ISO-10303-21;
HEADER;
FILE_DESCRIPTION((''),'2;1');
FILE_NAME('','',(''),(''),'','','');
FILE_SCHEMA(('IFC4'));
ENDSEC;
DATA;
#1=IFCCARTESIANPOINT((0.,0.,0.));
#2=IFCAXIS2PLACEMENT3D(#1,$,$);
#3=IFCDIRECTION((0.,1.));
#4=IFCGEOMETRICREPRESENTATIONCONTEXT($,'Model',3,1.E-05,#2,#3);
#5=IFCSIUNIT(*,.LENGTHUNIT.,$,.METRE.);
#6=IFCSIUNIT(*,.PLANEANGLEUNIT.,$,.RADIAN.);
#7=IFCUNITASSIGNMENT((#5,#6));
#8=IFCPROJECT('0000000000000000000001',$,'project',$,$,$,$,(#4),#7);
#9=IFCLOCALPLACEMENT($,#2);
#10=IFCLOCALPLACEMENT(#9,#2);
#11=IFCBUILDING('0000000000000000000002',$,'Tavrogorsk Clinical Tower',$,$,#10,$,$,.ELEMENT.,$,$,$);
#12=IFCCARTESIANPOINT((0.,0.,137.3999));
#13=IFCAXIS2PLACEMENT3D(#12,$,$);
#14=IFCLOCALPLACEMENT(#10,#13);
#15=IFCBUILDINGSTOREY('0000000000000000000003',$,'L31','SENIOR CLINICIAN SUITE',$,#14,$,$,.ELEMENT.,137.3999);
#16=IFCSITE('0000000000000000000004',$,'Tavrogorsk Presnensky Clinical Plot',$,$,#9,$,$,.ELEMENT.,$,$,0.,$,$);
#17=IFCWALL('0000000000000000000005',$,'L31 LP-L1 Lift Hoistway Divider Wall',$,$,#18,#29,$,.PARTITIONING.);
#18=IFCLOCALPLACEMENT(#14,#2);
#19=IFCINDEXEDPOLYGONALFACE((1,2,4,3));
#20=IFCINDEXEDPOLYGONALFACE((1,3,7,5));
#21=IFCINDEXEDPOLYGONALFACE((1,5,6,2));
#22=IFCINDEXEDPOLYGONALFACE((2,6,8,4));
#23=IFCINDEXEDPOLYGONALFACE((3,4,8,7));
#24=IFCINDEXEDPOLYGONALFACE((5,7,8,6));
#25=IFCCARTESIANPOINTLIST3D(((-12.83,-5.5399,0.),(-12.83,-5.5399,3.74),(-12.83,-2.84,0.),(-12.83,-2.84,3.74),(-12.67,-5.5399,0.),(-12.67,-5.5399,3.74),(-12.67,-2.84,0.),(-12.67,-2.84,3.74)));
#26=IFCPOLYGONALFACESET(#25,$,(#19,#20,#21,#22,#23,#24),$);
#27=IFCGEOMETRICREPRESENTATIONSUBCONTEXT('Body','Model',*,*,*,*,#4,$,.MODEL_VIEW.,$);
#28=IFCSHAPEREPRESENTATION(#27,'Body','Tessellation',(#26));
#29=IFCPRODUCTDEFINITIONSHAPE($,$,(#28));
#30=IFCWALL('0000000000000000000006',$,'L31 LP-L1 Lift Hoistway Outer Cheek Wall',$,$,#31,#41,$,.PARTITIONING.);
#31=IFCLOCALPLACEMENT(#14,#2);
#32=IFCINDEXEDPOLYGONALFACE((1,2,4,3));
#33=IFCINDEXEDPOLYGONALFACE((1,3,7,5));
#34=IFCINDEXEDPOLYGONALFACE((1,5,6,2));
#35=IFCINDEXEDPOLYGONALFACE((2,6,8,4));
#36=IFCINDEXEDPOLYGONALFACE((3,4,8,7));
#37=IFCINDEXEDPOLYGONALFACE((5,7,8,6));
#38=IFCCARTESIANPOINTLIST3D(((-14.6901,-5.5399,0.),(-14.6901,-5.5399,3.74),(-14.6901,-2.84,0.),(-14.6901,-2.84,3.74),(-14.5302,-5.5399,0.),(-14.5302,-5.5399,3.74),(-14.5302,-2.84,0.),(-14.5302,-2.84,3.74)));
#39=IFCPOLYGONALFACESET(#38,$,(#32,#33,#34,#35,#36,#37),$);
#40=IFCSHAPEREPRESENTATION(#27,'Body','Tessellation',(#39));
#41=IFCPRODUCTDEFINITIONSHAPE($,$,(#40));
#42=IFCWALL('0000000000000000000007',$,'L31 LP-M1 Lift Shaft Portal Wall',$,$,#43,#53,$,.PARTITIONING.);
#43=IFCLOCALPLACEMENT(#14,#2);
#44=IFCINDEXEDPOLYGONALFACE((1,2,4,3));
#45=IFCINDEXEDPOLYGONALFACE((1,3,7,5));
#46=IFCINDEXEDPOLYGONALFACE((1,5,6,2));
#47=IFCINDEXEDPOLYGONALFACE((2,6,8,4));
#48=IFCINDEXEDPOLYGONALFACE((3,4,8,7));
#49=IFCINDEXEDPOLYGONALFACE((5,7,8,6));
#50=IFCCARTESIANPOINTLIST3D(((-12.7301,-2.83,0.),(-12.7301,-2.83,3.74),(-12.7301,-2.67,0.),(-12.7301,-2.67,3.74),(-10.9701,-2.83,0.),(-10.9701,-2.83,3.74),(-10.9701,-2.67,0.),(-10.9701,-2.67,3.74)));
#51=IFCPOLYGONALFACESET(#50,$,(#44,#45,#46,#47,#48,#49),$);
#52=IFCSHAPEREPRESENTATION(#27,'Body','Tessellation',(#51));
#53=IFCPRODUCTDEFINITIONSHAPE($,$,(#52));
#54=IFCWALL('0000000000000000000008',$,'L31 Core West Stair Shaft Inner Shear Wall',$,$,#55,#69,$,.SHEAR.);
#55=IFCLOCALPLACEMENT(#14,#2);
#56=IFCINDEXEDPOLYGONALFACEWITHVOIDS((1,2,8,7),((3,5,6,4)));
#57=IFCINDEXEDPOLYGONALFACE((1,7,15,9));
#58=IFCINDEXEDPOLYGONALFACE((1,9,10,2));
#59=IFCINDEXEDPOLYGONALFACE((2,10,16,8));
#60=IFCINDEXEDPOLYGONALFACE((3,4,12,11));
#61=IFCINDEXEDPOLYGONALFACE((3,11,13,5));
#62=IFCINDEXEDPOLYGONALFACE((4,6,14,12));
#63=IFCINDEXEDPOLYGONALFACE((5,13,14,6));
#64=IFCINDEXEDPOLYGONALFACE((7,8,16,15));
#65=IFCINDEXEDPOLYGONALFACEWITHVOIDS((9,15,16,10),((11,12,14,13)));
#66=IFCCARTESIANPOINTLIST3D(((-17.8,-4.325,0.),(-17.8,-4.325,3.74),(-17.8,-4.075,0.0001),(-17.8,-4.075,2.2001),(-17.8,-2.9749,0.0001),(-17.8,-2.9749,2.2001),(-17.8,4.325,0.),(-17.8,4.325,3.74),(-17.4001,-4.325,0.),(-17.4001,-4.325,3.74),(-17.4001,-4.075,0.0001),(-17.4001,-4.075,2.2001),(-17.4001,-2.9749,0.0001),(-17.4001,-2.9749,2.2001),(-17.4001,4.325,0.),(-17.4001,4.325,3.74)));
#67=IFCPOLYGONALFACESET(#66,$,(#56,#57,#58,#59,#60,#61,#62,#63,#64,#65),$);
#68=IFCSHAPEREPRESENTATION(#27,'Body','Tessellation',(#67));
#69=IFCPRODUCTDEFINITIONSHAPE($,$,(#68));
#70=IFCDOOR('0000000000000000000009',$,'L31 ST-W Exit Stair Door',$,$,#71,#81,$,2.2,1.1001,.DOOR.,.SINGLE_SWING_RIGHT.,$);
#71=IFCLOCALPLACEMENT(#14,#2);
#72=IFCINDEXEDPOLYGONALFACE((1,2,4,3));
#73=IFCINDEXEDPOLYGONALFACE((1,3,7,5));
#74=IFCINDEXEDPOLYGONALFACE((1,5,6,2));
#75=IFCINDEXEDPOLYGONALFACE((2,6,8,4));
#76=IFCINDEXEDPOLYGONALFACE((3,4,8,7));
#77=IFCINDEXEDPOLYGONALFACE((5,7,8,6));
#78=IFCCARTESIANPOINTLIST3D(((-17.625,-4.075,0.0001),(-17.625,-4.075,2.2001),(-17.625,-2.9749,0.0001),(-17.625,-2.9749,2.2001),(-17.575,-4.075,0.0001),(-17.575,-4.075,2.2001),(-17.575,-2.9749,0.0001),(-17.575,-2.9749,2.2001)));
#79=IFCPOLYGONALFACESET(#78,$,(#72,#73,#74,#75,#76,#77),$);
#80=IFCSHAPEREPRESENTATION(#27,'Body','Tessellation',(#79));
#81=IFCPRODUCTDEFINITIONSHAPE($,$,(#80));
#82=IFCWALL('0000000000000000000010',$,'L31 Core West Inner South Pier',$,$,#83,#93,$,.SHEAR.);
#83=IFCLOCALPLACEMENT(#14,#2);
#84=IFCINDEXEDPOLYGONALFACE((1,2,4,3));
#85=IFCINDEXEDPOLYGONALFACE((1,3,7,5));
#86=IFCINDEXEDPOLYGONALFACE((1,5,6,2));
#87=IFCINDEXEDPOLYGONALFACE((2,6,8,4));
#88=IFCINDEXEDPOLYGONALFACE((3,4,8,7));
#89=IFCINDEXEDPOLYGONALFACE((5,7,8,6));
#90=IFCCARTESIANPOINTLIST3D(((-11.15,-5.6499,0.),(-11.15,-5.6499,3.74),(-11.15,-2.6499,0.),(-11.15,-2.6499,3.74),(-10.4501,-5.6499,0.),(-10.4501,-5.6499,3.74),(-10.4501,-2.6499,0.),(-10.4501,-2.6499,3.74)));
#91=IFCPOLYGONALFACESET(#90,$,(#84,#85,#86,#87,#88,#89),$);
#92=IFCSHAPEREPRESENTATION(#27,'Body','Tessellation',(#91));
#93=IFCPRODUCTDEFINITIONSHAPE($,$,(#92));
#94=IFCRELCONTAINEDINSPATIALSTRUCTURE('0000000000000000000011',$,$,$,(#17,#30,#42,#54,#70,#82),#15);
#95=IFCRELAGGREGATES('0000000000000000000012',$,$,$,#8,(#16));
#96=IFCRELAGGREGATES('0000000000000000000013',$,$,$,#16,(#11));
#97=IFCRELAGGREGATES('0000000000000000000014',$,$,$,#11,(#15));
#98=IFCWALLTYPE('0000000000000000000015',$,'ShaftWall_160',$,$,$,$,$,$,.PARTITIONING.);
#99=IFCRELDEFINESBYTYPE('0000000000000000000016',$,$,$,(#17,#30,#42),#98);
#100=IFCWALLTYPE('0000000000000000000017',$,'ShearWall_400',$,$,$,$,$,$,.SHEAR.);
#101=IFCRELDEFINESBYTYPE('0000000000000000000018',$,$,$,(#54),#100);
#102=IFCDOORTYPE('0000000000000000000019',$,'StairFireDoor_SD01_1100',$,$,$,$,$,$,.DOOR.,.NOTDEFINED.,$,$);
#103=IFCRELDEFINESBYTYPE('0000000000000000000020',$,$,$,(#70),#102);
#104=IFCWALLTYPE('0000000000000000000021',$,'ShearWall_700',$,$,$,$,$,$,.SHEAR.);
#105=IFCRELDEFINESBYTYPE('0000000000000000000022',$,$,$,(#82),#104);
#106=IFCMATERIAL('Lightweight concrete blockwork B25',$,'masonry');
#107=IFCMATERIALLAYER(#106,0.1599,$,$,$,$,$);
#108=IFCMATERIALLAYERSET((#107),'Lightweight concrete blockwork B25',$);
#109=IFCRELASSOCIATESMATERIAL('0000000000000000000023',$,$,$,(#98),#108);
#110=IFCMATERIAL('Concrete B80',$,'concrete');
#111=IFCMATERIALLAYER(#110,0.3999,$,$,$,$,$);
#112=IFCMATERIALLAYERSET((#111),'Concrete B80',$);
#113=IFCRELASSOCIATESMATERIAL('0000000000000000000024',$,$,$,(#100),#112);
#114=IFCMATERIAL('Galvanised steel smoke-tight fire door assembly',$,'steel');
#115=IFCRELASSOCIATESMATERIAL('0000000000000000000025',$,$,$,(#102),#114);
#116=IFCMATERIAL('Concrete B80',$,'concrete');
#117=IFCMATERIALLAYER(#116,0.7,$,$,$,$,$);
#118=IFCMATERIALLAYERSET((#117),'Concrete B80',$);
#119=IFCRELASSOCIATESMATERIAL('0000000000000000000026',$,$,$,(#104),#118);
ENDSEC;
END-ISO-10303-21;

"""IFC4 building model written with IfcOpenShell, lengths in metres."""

from ifc_helpers import new_model, si_unit, direction, frame, frame_2d, origin, place, context, subcontext, project, spatial, rectangle, extrude, material, layer, layer_set, type_object, element, fill, save


model = new_model("IFC4")

# Units and contexts
model_context = context("Model", 3, precision=1e-05, world=origin(), true_north=direction((0.0, 1.0)))
body_context = subcontext(model_context, "Body", "Model", "MODEL_VIEW")
ifc_project = project(units=[si_unit("LENGTHUNIT", "METRE"), si_unit("PLANEANGLEUNIT", "RADIAN")], contexts=[model_context])

# Site, building, storey
site_placement = place(None, origin())
site = spatial("IfcSite", under=ifc_project, at=site_placement, Name="Tavrogorsk Presnensky Clinical Plot", CompositionType="ELEMENT", RefElevation=0.0)
building_placement = place(site_placement, origin())
building = spatial("IfcBuilding", under=site, at=building_placement, Name="Tavrogorsk Clinical Tower", CompositionType="ELEMENT")
storey_placement = place(building_placement, frame((0.0, 0.0, 137.3999)))
storey = spatial("IfcBuildingStorey", under=building, at=storey_placement, Name="L31", Description="SENIOR CLINICIAN SUITE", CompositionType="ELEMENT", Elevation=137.3999)

# Shared definitions
ifc_material_1 = material(Name="Lightweight concrete blockwork B25", Category="masonry")
ifc_layer_1 = layer(ifc_material_1, 0.1599)
ifc_layer_set_1 = layer_set([ifc_layer_1], Name="Lightweight concrete blockwork B25")
wall_type_1 = type_object("IfcWallType", Name="ShaftWall_160", PredefinedType="PARTITIONING", material=ifc_layer_set_1)

# Walls
for number, where, z_axis, x_axis, name in (
    (1, (-12.75, -5.54, 0.0), (0.0, 0.0, 1.0), (0.0, 1.0, 0.0), "L31 LP-L1 Lift Hoistway Divider Wall"),
    (2, (-14.6101, -5.54, 0.0), (0.0, 0.0, 1.0), (0.0, 1.0, 0.0), "L31 LP-L1 Lift Hoistway Outer Cheek Wall"),
):
    element("IfcWall", number, at=place(storey_placement, frame(where, z_axis=z_axis, x_axis=x_axis)), inside=storey, type_object=wall_type_1, Name=name, PredefinedType="PARTITIONING", context=body_context, shape_type="SweptSolid", body=[
        extrude(rectangle(XDim=2.7, YDim=0.1599, at=frame_2d((1.3501, 0.0))), origin(), (0.0, 0.0, 1.0), 3.74),
    ])
wall_1_placement = place(storey_placement, frame((-12.73, -2.75, 0.0), z_axis=(0.0, 0.0, 1.0), x_axis=(1.0, 0.0, 0.0)))
element("IfcWall", 3, at=wall_1_placement, inside=storey, type_object=wall_type_1, Name="L31 LP-M1 Lift Shaft Portal Wall", PredefinedType="PARTITIONING", context=body_context, shape_type="SweptSolid", body=[
    extrude(rectangle(XDim=1.76, YDim=0.1599, at=frame_2d((0.8799, 0.0))), origin(), (0.0, 0.0, 1.0), 3.74),
])

# Wall, opening, door
ifc_material_2 = material(Name="Concrete B80", Category="concrete")
ifc_layer_2 = layer(ifc_material_2, 0.3999)
ifc_layer_set_2 = layer_set([ifc_layer_2], Name="Concrete B80")
wall_type_2 = type_object("IfcWallType", Name="ShearWall_400", PredefinedType="SHEAR", material=ifc_layer_set_2)
wall_2_placement = place(storey_placement, frame((-17.6001, -4.325, 0.0), z_axis=(0.0, 0.0, 1.0), x_axis=(0.0, 1.0, 0.0)))
wall_2 = element("IfcWall", 4, at=wall_2_placement, inside=storey, type_object=wall_type_2, Name="L31 Core West Stair Shaft Inner Shear Wall", PredefinedType="SHEAR", context=body_context, shape_type="SweptSolid", body=[
    extrude(rectangle(XDim=8.6499, YDim=0.3999, at=frame_2d((4.325, 0.0))), origin(), (0.0, 0.0, 1.0), 3.74),
])
opening_1_placement = place(wall_2_placement, frame((0.25, 0.0, 0.0)))
opening_1 = element("IfcOpeningElement", 5, at=opening_1_placement, cuts=wall_2, PredefinedType="OPENING", context=body_context, shape_type="SweptSolid", body=[
    extrude(rectangle(XDim=1.1001, YDim=2.2, at=frame_2d((0.55, 1.1001))), frame((0.0, 0.21, 0.0), z_axis=(0.0, -1.0, 0.0), x_axis=(1.0, 0.0, 0.0)), (0.0, 0.0, 1.0), 0.4199),
])
ifc_material_3 = material(Name="Galvanised steel smoke-tight fire door assembly", Category="steel")
door_type_1 = type_object("IfcDoorType", Name="StairFireDoor_SD01_1100", OperationType="NOTDEFINED", PredefinedType="DOOR", material=ifc_material_3)
door_1_placement = place(opening_1_placement, origin())
door_1 = element("IfcDoor", 6, at=door_1_placement, inside=storey, type_object=door_type_1, Name="L31 ST-W Exit Stair Door", OperationType="SINGLE_SWING_RIGHT", OverallHeight=2.2, OverallWidth=1.1001, PredefinedType="DOOR", context=body_context, shape_type="SweptSolid", body=[
    extrude(rectangle(XDim=1.1001, YDim=2.2, at=frame_2d((0.55, 1.1001))), frame((0.0, 0.0249, 0.0), z_axis=(0.0, -1.0, 0.0), x_axis=(1.0, 0.0, 0.0)), (0.0, 0.0, 1.0), 0.05),
])
fill(opening_1, door_1)

# Wall
ifc_material_4 = material(Name="Concrete B80", Category="concrete")
ifc_layer_3 = layer(ifc_material_4, 0.7)
ifc_layer_set_3 = layer_set([ifc_layer_3], Name="Concrete B80")
wall_type_3 = type_object("IfcWallType", Name="ShearWall_700", PredefinedType="SHEAR", material=ifc_layer_set_3)
wall_3_placement = place(storey_placement, frame((-10.8, -5.6499, 0.0), z_axis=(0.0, 0.0, 1.0), x_axis=(0.0, 1.0, 0.0)))
element("IfcWall", 7, at=wall_3_placement, inside=storey, type_object=wall_type_3, Name="L31 Core West Inner South Pier", PredefinedType="SHEAR", context=body_context, shape_type="SweptSolid", body=[
    extrude(rectangle(XDim=3.0, YDim=0.7, at=frame_2d((1.5, 0.0))), origin(), (0.0, 0.0, 1.0), 3.74),
])

save(model, "model.ifc")
